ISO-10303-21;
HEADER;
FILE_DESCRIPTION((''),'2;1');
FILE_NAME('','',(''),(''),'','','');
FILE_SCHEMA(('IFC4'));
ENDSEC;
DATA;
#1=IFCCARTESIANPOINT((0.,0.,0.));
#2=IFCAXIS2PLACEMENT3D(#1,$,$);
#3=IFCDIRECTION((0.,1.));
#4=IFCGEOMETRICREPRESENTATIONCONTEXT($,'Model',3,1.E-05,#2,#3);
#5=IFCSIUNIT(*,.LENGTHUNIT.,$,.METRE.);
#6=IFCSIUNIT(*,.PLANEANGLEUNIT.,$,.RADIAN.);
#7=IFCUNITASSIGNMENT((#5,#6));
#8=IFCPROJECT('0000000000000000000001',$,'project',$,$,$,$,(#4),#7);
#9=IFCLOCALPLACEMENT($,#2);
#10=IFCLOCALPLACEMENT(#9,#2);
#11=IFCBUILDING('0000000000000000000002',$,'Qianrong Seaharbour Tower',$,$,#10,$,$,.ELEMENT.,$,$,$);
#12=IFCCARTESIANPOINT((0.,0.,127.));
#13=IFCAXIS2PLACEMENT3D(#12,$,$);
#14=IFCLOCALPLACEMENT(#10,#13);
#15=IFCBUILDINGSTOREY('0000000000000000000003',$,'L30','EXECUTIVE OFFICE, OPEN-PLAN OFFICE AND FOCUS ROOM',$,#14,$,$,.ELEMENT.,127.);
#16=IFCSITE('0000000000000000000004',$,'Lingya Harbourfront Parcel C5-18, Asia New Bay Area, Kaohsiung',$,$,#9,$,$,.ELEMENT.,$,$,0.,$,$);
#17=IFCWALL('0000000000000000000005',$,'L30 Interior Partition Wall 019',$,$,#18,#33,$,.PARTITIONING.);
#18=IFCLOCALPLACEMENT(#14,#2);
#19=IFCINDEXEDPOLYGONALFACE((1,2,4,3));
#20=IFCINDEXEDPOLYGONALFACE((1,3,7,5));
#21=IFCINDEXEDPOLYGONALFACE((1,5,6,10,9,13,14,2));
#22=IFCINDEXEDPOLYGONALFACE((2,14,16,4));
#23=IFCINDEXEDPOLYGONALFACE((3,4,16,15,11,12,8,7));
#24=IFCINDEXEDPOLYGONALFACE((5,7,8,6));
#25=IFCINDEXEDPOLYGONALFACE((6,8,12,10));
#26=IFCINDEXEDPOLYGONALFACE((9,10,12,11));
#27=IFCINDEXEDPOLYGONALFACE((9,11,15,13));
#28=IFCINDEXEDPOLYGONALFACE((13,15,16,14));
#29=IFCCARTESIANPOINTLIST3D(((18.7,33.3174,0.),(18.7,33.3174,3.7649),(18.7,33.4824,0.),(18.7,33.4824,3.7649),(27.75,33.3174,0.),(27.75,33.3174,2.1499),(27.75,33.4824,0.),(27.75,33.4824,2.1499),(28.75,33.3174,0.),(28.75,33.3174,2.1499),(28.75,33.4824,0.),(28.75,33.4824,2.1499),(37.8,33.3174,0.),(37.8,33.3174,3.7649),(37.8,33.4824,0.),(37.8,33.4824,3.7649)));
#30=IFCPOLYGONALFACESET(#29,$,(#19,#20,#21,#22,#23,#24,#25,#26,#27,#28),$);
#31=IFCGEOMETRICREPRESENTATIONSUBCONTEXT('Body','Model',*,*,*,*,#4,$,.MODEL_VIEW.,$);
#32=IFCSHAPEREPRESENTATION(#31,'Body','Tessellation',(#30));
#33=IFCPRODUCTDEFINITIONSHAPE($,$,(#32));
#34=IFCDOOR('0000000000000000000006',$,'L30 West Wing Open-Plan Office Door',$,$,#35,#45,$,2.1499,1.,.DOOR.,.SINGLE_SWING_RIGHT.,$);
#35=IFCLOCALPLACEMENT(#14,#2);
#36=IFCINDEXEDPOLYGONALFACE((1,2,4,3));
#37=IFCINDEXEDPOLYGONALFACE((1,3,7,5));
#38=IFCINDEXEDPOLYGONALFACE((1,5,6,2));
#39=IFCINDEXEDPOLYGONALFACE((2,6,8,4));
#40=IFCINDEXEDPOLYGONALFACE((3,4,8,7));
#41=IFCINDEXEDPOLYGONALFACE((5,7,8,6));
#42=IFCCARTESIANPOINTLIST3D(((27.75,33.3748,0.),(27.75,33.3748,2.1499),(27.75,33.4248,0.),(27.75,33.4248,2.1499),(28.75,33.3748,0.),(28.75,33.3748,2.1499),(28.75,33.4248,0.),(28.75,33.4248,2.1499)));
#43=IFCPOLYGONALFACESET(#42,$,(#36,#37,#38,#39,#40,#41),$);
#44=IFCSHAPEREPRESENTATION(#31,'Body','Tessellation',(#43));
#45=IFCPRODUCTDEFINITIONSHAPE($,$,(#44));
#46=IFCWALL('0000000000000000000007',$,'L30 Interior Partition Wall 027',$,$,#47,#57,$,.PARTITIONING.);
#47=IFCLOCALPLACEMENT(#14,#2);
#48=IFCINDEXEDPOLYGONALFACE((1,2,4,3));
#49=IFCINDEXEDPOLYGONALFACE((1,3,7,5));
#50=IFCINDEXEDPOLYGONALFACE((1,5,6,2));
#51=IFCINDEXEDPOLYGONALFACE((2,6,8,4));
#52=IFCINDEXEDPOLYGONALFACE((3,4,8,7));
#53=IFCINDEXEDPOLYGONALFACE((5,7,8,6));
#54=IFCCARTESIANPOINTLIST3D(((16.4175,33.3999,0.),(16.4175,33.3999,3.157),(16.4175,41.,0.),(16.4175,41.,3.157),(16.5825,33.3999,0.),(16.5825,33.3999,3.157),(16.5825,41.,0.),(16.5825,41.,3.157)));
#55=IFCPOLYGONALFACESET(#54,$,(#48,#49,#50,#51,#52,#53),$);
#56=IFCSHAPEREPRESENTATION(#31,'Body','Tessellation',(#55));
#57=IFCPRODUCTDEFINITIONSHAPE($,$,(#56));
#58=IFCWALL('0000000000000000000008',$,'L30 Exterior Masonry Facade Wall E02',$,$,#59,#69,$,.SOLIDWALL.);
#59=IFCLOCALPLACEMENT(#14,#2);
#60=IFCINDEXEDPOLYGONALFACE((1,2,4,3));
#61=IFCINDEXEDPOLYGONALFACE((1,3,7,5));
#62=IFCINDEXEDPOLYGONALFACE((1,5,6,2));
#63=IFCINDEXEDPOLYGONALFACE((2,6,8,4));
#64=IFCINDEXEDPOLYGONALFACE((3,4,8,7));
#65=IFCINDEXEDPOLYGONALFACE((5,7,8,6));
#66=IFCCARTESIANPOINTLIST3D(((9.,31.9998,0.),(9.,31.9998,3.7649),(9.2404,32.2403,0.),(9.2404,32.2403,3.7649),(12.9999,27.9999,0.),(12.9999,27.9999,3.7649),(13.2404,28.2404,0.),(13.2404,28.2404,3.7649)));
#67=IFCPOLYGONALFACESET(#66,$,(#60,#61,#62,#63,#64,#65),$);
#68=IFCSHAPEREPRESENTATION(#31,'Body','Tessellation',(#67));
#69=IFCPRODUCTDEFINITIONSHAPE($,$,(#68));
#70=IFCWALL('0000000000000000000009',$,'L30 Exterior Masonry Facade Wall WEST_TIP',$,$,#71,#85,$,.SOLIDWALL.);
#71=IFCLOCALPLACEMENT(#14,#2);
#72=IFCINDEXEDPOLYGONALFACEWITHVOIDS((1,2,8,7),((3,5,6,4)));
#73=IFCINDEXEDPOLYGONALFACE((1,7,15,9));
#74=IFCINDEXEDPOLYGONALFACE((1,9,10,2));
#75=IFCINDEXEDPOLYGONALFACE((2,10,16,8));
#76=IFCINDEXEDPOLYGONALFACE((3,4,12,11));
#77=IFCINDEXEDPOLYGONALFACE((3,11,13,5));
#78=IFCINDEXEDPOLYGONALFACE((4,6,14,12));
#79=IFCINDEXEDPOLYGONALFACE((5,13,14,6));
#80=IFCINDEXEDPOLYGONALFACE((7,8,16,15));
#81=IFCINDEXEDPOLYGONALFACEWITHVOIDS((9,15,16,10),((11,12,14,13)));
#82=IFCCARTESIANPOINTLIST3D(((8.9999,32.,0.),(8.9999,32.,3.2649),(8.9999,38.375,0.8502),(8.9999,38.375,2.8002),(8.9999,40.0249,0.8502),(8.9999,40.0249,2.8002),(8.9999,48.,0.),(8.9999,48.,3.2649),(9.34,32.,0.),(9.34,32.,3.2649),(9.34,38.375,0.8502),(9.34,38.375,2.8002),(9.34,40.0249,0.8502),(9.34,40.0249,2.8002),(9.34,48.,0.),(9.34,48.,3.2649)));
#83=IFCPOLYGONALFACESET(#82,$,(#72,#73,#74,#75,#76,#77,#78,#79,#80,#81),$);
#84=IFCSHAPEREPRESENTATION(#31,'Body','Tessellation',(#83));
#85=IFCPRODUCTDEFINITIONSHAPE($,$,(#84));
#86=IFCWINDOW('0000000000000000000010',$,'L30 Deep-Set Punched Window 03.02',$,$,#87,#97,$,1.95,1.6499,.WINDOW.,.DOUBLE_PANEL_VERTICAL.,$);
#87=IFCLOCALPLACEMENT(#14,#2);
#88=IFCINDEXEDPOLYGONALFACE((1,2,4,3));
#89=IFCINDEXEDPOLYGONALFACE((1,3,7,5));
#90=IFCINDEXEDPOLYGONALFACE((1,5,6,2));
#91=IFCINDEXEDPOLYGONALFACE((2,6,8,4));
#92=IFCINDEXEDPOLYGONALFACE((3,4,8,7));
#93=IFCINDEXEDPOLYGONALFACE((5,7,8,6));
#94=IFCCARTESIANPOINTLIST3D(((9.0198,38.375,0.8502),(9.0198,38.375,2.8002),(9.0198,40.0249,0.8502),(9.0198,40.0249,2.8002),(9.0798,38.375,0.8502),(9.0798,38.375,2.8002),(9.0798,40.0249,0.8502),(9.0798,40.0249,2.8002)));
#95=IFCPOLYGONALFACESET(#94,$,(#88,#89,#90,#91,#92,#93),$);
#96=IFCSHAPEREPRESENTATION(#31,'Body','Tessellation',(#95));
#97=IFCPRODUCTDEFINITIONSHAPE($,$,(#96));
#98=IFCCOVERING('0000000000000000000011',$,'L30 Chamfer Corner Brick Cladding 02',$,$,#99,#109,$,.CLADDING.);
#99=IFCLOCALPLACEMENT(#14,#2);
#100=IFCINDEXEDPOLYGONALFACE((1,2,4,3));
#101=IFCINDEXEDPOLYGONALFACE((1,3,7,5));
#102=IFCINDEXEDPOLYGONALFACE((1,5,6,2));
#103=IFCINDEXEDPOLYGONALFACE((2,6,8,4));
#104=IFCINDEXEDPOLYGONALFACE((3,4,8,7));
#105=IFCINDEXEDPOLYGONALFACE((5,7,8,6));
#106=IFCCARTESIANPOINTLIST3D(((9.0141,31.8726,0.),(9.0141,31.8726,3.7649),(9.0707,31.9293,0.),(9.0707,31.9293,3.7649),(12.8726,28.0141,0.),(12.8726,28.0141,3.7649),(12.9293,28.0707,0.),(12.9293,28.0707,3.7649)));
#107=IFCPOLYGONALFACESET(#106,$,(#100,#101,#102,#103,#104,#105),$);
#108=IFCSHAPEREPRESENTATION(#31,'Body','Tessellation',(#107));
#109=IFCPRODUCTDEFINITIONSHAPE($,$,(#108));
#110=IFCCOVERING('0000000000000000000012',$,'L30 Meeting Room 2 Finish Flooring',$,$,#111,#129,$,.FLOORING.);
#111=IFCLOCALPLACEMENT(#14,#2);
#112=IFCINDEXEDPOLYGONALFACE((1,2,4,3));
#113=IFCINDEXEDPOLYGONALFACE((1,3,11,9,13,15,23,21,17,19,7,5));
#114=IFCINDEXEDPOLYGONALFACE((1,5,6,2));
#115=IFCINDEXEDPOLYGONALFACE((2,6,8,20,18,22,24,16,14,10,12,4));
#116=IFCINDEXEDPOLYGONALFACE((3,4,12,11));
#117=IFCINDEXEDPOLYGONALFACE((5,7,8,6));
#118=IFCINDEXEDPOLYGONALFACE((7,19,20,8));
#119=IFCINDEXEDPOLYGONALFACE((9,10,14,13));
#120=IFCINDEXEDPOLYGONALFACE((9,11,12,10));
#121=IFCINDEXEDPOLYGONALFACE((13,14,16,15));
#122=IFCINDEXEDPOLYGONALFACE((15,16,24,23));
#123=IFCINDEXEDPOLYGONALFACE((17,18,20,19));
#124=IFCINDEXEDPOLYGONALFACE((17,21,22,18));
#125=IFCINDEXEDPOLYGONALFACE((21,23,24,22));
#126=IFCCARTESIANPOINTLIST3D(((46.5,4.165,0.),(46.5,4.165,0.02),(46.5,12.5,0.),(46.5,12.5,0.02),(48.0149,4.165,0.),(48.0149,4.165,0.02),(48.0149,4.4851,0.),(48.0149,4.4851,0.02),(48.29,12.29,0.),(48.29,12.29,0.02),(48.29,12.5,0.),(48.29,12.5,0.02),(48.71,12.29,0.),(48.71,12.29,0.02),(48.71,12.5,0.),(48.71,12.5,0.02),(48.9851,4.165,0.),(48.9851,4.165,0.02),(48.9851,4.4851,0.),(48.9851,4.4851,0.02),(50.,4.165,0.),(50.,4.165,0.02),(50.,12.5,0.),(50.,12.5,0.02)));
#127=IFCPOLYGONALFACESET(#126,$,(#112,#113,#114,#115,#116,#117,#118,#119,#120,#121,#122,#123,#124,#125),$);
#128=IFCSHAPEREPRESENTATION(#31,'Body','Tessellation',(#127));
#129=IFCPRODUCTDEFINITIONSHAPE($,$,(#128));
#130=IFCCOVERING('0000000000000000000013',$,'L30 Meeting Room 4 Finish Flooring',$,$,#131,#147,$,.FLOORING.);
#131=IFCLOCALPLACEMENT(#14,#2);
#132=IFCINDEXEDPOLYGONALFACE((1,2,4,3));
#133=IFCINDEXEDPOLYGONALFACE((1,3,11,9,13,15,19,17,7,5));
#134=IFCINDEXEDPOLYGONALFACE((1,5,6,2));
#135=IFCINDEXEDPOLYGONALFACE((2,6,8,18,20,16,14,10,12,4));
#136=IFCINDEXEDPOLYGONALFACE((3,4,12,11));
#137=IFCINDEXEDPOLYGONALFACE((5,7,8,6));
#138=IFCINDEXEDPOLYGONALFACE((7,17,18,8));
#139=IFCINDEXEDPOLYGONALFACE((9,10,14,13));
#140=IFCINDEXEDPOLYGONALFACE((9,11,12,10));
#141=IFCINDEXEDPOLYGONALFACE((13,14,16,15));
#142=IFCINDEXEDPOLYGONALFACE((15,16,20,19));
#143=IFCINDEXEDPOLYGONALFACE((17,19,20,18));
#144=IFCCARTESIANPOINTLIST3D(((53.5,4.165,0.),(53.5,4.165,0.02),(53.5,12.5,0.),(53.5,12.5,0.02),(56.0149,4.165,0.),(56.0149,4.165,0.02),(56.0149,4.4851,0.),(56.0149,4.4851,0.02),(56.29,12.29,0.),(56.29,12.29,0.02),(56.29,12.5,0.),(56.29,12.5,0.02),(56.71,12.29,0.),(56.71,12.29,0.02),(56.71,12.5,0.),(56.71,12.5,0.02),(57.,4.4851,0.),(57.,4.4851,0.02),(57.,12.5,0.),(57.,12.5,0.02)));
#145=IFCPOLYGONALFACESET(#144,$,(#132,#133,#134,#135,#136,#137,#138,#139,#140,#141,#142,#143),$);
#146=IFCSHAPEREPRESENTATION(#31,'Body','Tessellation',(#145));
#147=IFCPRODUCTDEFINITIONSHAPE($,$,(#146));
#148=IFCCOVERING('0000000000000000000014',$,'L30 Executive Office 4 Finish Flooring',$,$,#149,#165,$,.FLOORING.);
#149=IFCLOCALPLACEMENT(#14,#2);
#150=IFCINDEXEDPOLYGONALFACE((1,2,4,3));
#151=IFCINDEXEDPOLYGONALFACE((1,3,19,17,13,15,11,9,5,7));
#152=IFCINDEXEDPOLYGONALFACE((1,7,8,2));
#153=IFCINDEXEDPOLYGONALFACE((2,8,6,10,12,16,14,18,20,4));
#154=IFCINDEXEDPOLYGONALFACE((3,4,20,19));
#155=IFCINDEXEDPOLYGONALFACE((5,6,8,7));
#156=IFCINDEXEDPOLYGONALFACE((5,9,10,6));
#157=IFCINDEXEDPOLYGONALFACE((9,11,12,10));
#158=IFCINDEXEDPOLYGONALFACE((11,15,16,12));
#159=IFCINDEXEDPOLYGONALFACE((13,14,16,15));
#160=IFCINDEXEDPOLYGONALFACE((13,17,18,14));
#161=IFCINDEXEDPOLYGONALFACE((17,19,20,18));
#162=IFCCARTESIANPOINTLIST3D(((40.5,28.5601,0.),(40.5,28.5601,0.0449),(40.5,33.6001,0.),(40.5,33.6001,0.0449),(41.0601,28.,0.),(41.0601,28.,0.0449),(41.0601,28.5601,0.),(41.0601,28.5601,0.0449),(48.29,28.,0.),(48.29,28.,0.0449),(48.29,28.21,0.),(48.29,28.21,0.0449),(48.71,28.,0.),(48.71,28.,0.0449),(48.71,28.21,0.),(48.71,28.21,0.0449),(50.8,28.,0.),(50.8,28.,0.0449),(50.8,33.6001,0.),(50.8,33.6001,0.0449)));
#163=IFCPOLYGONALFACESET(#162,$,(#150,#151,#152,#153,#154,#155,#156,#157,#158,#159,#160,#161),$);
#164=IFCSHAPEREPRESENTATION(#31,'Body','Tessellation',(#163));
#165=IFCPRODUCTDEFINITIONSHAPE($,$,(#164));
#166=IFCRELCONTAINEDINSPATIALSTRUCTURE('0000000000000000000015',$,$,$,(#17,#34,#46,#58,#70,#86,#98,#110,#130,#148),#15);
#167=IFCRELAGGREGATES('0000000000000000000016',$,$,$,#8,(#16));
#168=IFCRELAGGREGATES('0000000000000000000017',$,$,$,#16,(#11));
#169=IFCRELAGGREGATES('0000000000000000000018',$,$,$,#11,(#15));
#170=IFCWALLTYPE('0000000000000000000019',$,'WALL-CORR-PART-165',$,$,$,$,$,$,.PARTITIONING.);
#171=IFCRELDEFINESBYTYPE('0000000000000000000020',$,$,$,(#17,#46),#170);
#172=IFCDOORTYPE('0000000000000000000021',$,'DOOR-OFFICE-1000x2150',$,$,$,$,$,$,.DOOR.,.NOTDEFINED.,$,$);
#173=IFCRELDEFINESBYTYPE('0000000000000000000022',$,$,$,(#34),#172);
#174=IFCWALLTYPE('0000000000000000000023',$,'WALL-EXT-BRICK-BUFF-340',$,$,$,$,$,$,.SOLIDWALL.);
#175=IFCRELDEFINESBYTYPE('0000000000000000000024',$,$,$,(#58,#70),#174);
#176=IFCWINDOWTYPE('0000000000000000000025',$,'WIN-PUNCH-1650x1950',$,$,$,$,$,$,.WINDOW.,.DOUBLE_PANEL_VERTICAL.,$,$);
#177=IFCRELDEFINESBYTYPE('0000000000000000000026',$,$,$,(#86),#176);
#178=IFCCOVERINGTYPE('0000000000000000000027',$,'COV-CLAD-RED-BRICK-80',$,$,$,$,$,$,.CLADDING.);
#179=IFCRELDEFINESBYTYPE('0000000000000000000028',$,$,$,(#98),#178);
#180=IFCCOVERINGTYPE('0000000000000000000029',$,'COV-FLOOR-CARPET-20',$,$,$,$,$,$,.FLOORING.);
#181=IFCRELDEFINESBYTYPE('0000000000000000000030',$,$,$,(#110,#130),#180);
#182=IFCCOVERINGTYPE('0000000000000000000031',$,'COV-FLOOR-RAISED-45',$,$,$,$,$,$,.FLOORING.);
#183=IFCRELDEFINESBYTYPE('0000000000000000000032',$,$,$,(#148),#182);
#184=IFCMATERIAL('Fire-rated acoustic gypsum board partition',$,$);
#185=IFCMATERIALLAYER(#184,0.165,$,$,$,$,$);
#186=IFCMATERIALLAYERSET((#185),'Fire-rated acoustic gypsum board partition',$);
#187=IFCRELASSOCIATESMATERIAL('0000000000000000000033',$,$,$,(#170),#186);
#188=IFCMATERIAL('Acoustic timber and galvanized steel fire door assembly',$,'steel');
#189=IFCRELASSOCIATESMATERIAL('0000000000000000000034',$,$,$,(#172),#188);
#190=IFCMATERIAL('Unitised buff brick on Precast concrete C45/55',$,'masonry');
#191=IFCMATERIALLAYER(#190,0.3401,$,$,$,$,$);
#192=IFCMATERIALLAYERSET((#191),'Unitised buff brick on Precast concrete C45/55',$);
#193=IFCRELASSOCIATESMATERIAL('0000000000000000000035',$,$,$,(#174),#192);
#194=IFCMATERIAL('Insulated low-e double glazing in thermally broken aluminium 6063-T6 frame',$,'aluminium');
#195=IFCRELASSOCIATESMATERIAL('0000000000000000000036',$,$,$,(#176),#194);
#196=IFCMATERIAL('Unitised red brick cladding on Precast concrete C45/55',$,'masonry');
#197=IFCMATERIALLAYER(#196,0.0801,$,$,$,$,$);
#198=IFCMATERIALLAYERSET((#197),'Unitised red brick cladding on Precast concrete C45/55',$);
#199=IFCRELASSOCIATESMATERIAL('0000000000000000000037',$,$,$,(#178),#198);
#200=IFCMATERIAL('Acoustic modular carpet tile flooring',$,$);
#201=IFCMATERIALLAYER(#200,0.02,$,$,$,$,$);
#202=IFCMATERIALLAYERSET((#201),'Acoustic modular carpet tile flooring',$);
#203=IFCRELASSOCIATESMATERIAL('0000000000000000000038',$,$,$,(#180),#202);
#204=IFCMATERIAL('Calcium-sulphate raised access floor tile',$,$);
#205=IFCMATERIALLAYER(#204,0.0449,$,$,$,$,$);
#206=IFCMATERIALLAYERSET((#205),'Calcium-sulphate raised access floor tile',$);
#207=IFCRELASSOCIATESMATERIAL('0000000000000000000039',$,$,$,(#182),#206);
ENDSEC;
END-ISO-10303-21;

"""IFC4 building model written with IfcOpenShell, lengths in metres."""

from ifc_helpers import new_model, si_unit, direction, frame, frame_2d, origin, origin_2d, place, context, subcontext, project, spatial, polyline, rectangle, outline, extrude, material, layer, layer_set, type_object, element, fill, save


model = new_model("IFC4")

# Units and contexts
model_context = context("Model", 3, precision=1e-05, world=origin(), true_north=direction((0.0, 1.0)))
body_context = subcontext(model_context, "Body", "Model", "MODEL_VIEW")
ifc_project = project(units=[si_unit("LENGTHUNIT", "METRE"), si_unit("PLANEANGLEUNIT", "RADIAN")], contexts=[model_context])

# Site, building, storey
site_placement = place(None, origin())
site = spatial("IfcSite", under=ifc_project, at=site_placement, Name="Lingya Harbourfront Parcel C5-18, Asia New Bay Area, Kaohsiung", CompositionType="ELEMENT", RefElevation=0.0)
building_placement = place(site_placement, origin())
building = spatial("IfcBuilding", under=site, at=building_placement, Name="Qianrong Seaharbour Tower", CompositionType="ELEMENT")
storey_placement = place(building_placement, frame((0.0, 0.0, 127.0)))
storey = spatial("IfcBuildingStorey", under=building, at=storey_placement, Name="L30", Description="EXECUTIVE OFFICE, OPEN-PLAN OFFICE AND FOCUS ROOM", CompositionType="ELEMENT", Elevation=127.0)

# Shared definitions
ifc_material_1 = material(Name="Fire-rated acoustic gypsum board partition")
ifc_layer_1 = layer(ifc_material_1, 0.165)
ifc_layer_set_1 = layer_set([ifc_layer_1], Name="Fire-rated acoustic gypsum board partition")
wall_type_1 = type_object("IfcWallType", Name="WALL-CORR-PART-165", PredefinedType="PARTITIONING", material=ifc_layer_set_1)

# Wall, opening, door
wall_1_placement = place(storey_placement, frame((18.7, 33.3999, 0.0), z_axis=(0.0, 0.0, 1.0), x_axis=(1.0, 0.0, 0.0)))
wall_1 = element("IfcWall", 1, at=wall_1_placement, inside=storey, type_object=wall_type_1, Name="L30 Interior Partition Wall 019", PredefinedType="PARTITIONING", context=body_context, shape_type="SweptSolid", body=[
    extrude(rectangle(XDim=19.1001, YDim=0.165, at=frame_2d((9.55, 0.0))), origin(), (0.0, 0.0, 1.0), 3.7649),
])
opening_1_placement = place(wall_1_placement, frame((9.05, 0.0, 0.0)))
opening_1 = element("IfcOpeningElement", 2, at=opening_1_placement, cuts=wall_1, PredefinedType="OPENING", context=body_context, shape_type="SweptSolid", body=[
    extrude(rectangle(XDim=1.0, YDim=2.1499, at=frame_2d((0.5, 1.075))), frame((0.0, 0.0925, 0.0), z_axis=(0.0, -1.0, 0.0), x_axis=(1.0, 0.0, 0.0)), (0.0, 0.0, 1.0), 0.1851),
])
ifc_material_2 = material(Name="Acoustic timber and galvanized steel fire door assembly", Category="steel")
door_type = type_object("IfcDoorType", Name="DOOR-OFFICE-1000x2150", OperationType="NOTDEFINED", PredefinedType="DOOR", material=ifc_material_2)
door_placement = place(opening_1_placement, origin())
door = element("IfcDoor", 3, at=door_placement, inside=storey, type_object=door_type, Name="L30 West Wing Open-Plan Office Door", OperationType="SINGLE_SWING_RIGHT", OverallHeight=2.1499, OverallWidth=1.0, PredefinedType="DOOR", context=body_context, shape_type="SweptSolid", body=[
    extrude(rectangle(XDim=1.0, YDim=2.1499, at=frame_2d((0.5, 1.075))), frame((0.0, 0.0249, 0.0), z_axis=(0.0, -1.0, 0.0), x_axis=(1.0, 0.0, 0.0)), (0.0, 0.0, 1.0), 0.05),
])
fill(opening_1, door)

# Walls
wall_2_placement = place(storey_placement, frame((16.5, 33.3999, 0.0), z_axis=(0.0, 0.0, 1.0), x_axis=(0.0, 1.0, 0.0)))
element("IfcWall", 4, at=wall_2_placement, inside=storey, type_object=wall_type_1, Name="L30 Interior Partition Wall 027", PredefinedType="PARTITIONING", context=body_context, shape_type="SweptSolid", body=[
    extrude(rectangle(XDim=7.6001, YDim=0.165, at=frame_2d((3.8, 0.0))), origin(), (0.0, 0.0, 1.0), 3.157),
])
ifc_material_3 = material(Name="Unitised buff brick on Precast concrete C45/55", Category="masonry")
ifc_layer_2 = layer(ifc_material_3, 0.3401)
ifc_layer_set_2 = layer_set([ifc_layer_2], Name="Unitised buff brick on Precast concrete C45/55")
wall_type_2 = type_object("IfcWallType", Name="WALL-EXT-BRICK-BUFF-340", PredefinedType="SOLIDWALL", material=ifc_layer_set_2)
wall_3_placement = place(storey_placement, frame((13.1201, 28.1201, 0.0), z_axis=(0.0, 0.0, 1.0), x_axis=(-0.707107, 0.707107, 0.0)))
element("IfcWall", 5, at=wall_3_placement, inside=storey, type_object=wall_type_2, Name="L30 Exterior Masonry Facade Wall E02", PredefinedType="SOLIDWALL", context=body_context, shape_type="SweptSolid", body=[
    extrude(rectangle(XDim=5.6567, YDim=0.3401, at=frame_2d((2.8284, 0.0))), origin(), (0.0, 0.0, 1.0), 3.7649),
])

# Wall, opening, window
wall_4_placement = place(storey_placement, frame((9.1699, 32.0, 0.0), z_axis=(0.0, 0.0, 1.0), x_axis=(0.0, 1.0, 0.0)))
wall_4 = element("IfcWall", 6, at=wall_4_placement, inside=storey, type_object=wall_type_2, Name="L30 Exterior Masonry Facade Wall WEST_TIP", PredefinedType="SOLIDWALL", context=body_context, shape_type="SweptSolid", body=[
    extrude(rectangle(XDim=16.0, YDim=0.3401, at=frame_2d((8.0, 0.0))), origin(), (0.0, 0.0, 1.0), 3.2649),
])
opening_2_placement = place(wall_4_placement, frame((6.375, 0.0, 0.8501)))
opening_2 = element("IfcOpeningElement", 7, at=opening_2_placement, cuts=wall_4, PredefinedType="OPENING", context=body_context, shape_type="SweptSolid", body=[
    extrude(rectangle(XDim=1.6499, YDim=1.95, at=frame_2d((0.825, 0.9751))), frame((0.0, 0.1802, 0.0), z_axis=(0.0, -1.0, 0.0), x_axis=(1.0, 0.0, 0.0)), (0.0, 0.0, 1.0), 0.3601),
])
ifc_material_4 = material(Name="Insulated low-e double glazing in thermally broken aluminium 6063-T6 frame", Category="aluminium")
window_type = type_object("IfcWindowType", Name="WIN-PUNCH-1650x1950", PartitioningType="DOUBLE_PANEL_VERTICAL", PredefinedType="WINDOW", material=ifc_material_4)
window_placement = place(opening_2_placement, origin())
window = element("IfcWindow", 8, at=window_placement, inside=storey, type_object=window_type, Name="L30 Deep-Set Punched Window 03.02", OverallHeight=1.95, OverallWidth=1.6499, PartitioningType="DOUBLE_PANEL_VERTICAL", PredefinedType="WINDOW", context=body_context, shape_type="SweptSolid", body=[
    extrude(rectangle(XDim=1.6499, YDim=1.95, at=frame_2d((0.825, 0.9751))), frame((0.0, 0.1501, 0.0), z_axis=(0.0, -1.0, 0.0), x_axis=(1.0, 0.0, 0.0)), (0.0, 0.0, 1.0), 0.0601),
])
fill(opening_2, window)

# Coverings
ifc_material_5 = material(Name="Unitised red brick cladding on Precast concrete C45/55", Category="masonry")
ifc_layer_3 = layer(ifc_material_5, 0.0801)
ifc_layer_set_3 = layer_set([ifc_layer_3], Name="Unitised red brick cladding on Precast concrete C45/55")
covering_type_1 = type_object("IfcCoveringType", Name="COV-CLAD-RED-BRICK-80", PredefinedType="CLADDING", material=ifc_layer_set_3)
covering_1_placement = place(storey_placement, frame((10.9717, 29.9717, 0.0), z_axis=(0.0, 0.0, 1.0), x_axis=(-0.707107, 0.707107, 0.0)))
element("IfcCovering", 9, at=covering_1_placement, inside=storey, type_object=covering_type_1, Name="L30 Chamfer Corner Brick Cladding 02", PredefinedType="CLADDING", context=body_context, shape_type="SweptSolid", body=[
    extrude(rectangle(XDim=5.4568, YDim=0.0801, at=origin_2d()), origin(), (0.0, 0.0, 1.0), 3.7649),
])
ifc_material_6 = material(Name="Acoustic modular carpet tile flooring")
ifc_layer_4 = layer(ifc_material_6, 0.02)
ifc_layer_set_4 = layer_set([ifc_layer_4], Name="Acoustic modular carpet tile flooring")
covering_type_2 = type_object("IfcCoveringType", Name="COV-FLOOR-CARPET-20", PredefinedType="FLOORING", material=ifc_layer_set_4)
covering_2_placement = place(storey_placement, origin())
element("IfcCovering", 10, at=covering_2_placement, inside=storey, type_object=covering_type_2, Name="L30 Meeting Room 2 Finish Flooring", PredefinedType="FLOORING", context=body_context, shape_type="SweptSolid", body=[
    extrude(outline(polyline([(50.0, 4.165), (48.9851, 4.165), (48.9851, 4.4851), (48.0149, 4.4851), (48.0149, 4.165), (46.5, 4.165), (46.5, 12.5), (48.29, 12.5), (48.29, 12.29), (48.71, 12.29), (48.71, 12.5), (50.0, 12.5), (50.0, 4.165)])), origin(), (0.0, 0.0, 1.0), 0.02),
])
covering_3_placement = place(storey_placement, origin())
element("IfcCovering", 11, at=covering_3_placement, inside=storey, type_object=covering_type_2, Name="L30 Meeting Room 4 Finish Flooring", PredefinedType="FLOORING", context=body_context, shape_type="SweptSolid", body=[
    extrude(outline(polyline([(57.0, 4.4851), (56.0149, 4.4851), (56.0149, 4.165), (53.5, 4.165), (53.5, 12.5), (56.29, 12.5), (56.29, 12.29), (56.71, 12.29), (56.71, 12.5), (57.0, 12.5), (57.0, 4.4851)])), origin(), (0.0, 0.0, 1.0), 0.02),
])
ifc_material_7 = material(Name="Calcium-sulphate raised access floor tile")
ifc_layer_5 = layer(ifc_material_7, 0.0449)
ifc_layer_set_5 = layer_set([ifc_layer_5], Name="Calcium-sulphate raised access floor tile")
covering_type_3 = type_object("IfcCoveringType", Name="COV-FLOOR-RAISED-45", PredefinedType="FLOORING", material=ifc_layer_set_5)
covering_4_placement = place(storey_placement, origin())
element("IfcCovering", 12, at=covering_4_placement, inside=storey, type_object=covering_type_3, Name="L30 Executive Office 4 Finish Flooring", PredefinedType="FLOORING", context=body_context, shape_type="SweptSolid", body=[
    extrude(outline(polyline([(50.8, 28.0), (48.71, 28.0), (48.71, 28.21), (48.29, 28.21), (48.29, 28.0), (41.0601, 28.0), (41.0601, 28.5601), (40.5, 28.5601), (40.5, 33.6001), (50.8, 33.6001), (50.8, 28.0)])), origin(), (0.0, 0.0, 1.0), 0.0449),
])

save(model, "model.ifc")
